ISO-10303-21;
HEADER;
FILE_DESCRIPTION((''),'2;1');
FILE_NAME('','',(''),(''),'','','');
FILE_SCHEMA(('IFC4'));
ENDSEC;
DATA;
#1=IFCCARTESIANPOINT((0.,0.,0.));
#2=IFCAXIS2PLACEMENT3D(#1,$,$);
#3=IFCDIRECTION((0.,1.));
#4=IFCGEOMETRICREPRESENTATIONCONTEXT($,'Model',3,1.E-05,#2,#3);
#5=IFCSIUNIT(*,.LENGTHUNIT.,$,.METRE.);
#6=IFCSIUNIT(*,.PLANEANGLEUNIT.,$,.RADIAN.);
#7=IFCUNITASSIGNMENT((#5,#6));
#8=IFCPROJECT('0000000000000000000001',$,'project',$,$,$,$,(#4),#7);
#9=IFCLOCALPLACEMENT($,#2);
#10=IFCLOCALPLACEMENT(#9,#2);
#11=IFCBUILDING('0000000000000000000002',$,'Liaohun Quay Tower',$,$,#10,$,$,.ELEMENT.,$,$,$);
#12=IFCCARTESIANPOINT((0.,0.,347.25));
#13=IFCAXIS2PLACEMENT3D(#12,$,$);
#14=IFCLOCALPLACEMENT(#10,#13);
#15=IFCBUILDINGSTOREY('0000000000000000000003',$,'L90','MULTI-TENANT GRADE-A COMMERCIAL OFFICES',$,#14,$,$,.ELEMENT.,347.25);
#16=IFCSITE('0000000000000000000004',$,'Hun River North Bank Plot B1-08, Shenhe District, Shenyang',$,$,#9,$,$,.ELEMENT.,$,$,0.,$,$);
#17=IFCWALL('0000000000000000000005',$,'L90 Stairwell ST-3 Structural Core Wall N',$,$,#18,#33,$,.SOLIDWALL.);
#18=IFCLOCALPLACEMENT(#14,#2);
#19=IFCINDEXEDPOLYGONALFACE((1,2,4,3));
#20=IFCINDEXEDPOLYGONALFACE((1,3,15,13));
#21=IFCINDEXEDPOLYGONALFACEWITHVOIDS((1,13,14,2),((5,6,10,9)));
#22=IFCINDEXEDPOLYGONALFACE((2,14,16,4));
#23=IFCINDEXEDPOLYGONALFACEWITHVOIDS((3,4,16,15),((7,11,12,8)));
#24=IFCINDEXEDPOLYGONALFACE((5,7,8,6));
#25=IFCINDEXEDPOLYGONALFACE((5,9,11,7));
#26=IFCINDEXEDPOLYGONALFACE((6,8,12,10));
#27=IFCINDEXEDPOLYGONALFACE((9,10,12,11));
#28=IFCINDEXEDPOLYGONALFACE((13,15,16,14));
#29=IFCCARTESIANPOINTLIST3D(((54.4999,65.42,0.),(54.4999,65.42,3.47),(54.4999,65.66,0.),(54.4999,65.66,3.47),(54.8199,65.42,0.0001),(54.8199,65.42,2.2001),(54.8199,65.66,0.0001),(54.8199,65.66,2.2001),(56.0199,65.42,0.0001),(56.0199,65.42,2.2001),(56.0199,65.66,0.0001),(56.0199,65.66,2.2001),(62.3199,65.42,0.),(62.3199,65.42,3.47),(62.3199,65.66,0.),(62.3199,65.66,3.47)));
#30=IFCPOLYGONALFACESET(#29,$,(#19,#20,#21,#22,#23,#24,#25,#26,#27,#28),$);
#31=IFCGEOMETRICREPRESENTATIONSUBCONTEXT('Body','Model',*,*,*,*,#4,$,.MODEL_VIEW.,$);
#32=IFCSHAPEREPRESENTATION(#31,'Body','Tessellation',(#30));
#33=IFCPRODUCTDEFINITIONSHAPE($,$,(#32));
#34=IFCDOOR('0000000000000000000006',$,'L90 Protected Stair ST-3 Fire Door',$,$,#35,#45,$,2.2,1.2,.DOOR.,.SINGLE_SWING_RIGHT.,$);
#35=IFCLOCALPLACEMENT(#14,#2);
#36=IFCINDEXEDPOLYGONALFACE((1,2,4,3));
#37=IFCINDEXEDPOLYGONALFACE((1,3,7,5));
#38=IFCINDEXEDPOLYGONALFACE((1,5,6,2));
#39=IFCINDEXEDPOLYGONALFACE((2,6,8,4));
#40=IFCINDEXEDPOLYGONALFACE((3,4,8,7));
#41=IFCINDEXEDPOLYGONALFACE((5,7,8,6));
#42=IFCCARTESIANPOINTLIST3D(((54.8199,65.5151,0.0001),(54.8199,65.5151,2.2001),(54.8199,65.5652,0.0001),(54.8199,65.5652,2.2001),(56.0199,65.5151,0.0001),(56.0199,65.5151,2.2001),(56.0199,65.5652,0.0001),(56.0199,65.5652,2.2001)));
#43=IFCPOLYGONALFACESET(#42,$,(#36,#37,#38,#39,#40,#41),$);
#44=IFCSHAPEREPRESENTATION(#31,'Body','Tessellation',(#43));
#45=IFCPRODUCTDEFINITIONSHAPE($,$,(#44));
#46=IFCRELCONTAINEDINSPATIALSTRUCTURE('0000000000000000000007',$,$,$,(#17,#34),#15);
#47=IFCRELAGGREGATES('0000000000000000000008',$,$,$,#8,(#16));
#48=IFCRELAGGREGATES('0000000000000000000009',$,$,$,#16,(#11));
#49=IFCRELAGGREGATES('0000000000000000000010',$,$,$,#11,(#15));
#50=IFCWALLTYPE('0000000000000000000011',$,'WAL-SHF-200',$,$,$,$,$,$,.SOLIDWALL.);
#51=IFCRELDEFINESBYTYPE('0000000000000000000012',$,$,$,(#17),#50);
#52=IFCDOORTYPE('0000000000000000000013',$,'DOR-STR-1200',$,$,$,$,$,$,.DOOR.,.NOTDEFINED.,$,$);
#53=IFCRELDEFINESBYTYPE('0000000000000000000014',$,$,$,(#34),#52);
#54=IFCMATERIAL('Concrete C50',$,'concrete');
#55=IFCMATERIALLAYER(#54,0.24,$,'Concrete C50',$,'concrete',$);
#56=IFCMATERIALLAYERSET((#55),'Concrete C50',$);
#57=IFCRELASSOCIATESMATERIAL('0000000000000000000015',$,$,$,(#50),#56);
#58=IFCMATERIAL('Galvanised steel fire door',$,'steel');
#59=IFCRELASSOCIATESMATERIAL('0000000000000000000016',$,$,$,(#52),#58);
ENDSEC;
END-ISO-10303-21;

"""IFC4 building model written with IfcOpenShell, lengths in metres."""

from ifc_helpers import new_model, si_unit, direction, frame, frame_2d, origin, place, context, subcontext, project, spatial, rectangle, extrude, source, transform, mapped, material, layer, layer_set, type_object, element, fill, save


model = new_model("IFC4")

# Units and contexts
model_context = context("Model", 3, precision=1e-05, world=origin(), true_north=direction((0.0, 1.0)))
body_context = subcontext(model_context, "Body", "Model", "MODEL_VIEW")
ifc_project = project(units=[si_unit("LENGTHUNIT", "METRE"), si_unit("PLANEANGLEUNIT", "RADIAN")], contexts=[model_context])

# Site, building, storey
site_placement = place(None, origin())
site = spatial("IfcSite", under=ifc_project, at=site_placement, Name="Hun River North Bank Plot B1-08, Shenhe District, Shenyang", CompositionType="ELEMENT", RefElevation=0.0)
building_placement = place(site_placement, origin())
building = spatial("IfcBuilding", under=site, at=building_placement, Name="Liaohun Quay Tower", CompositionType="ELEMENT")
storey_placement = place(building_placement, frame((0.0, 0.0, 347.25)))
storey = spatial("IfcBuildingStorey", under=building, at=storey_placement, Name="L90", Description="MULTI-TENANT GRADE-A COMMERCIAL OFFICES", CompositionType="ELEMENT", Elevation=347.25)

# Shared definitions
ifc_material_1 = material(Name="Concrete C50", Category="concrete")

# Shared definitions
ifc_layer_1 = layer(ifc_material_1, 0.24, Name="Concrete C50", Category="concrete")
ifc_layer_set_1 = layer_set([ifc_layer_1], Name="Concrete C50")
wall_type_1 = type_object("IfcWallType", Name="WAL-SHF-200", PredefinedType="SOLIDWALL", material=ifc_layer_set_1)

# Wall, opening, door
wall_1_placement = place(storey_placement, frame((62.3201, 65.54, 0.0), z_axis=(0.0, 0.0, 1.0), x_axis=(-1.0, 0.0, 0.0)))
wall_1 = element("IfcWall", 1, at=wall_1_placement, inside=storey, type_object=wall_type_1, Name="L90 Stairwell ST-3 Structural Core Wall N", PredefinedType="SOLIDWALL", context=body_context, shape_type="SweptSolid", body=[
    extrude(rectangle(XDim=7.8201, YDim=0.24, at=frame_2d((3.9102, 0.0))), origin(), (0.0, 0.0, 1.0), 3.47),
])
shared_shape_1 = source(origin(), body_context, "Body", "SweptSolid", [
    extrude(rectangle(XDim=1.2, YDim=2.2, at=frame_2d((0.6001, 1.1001))), frame((0.0, 0.1299, 0.0), z_axis=(0.0, -1.0, 0.0), x_axis=(1.0, 0.0, 0.0)), (0.0, 0.0, 1.0), 0.26),
])
opening_1_placement = place(wall_1_placement, frame((6.3, 0.0, 0.0)))
opening_1 = element("IfcOpeningElement", 2, at=opening_1_placement, cuts=wall_1, PredefinedType="OPENING", context=body_context, shape_type="MappedRepresentation", body=[
    mapped(shared_shape_1, transform((0.0, 0.0, 0.0), x_axis=(1.0, 0.0, 0.0), y_axis=(0.0, 1.0, 0.0), z_axis=(0.0, 0.0, 1.0), scale=1.0)),
])
ifc_material_2 = material(Name="Galvanised steel fire door", Category="steel")
door_type_1 = type_object("IfcDoorType", Name="DOR-STR-1200", OperationType="NOTDEFINED", PredefinedType="DOOR", material=ifc_material_2)
shared_shape_2 = source(origin(), body_context, "Body", "SweptSolid", [
    extrude(rectangle(XDim=1.2, YDim=2.2, at=frame_2d((0.6001, 1.1001))), frame((0.0, 0.0249, 0.0), z_axis=(0.0, -1.0, 0.0), x_axis=(1.0, 0.0, 0.0)), (0.0, 0.0, 1.0), 0.05),
])
door_1_placement = place(opening_1_placement, origin())
door_1 = element("IfcDoor", 3, at=door_1_placement, inside=storey, type_object=door_type_1, Name="L90 Protected Stair ST-3 Fire Door", OperationType="SINGLE_SWING_RIGHT", OverallHeight=2.2, OverallWidth=1.2, PredefinedType="DOOR", context=body_context, shape_type="MappedRepresentation", body=[
    mapped(shared_shape_2, transform((0.0, 0.0, 0.0), x_axis=(1.0, 0.0, 0.0), y_axis=(0.0, 1.0, 0.0), z_axis=(0.0, 0.0, 1.0), scale=1.0)),
])
fill(opening_1, door_1)

save(model, "model.ifc")
